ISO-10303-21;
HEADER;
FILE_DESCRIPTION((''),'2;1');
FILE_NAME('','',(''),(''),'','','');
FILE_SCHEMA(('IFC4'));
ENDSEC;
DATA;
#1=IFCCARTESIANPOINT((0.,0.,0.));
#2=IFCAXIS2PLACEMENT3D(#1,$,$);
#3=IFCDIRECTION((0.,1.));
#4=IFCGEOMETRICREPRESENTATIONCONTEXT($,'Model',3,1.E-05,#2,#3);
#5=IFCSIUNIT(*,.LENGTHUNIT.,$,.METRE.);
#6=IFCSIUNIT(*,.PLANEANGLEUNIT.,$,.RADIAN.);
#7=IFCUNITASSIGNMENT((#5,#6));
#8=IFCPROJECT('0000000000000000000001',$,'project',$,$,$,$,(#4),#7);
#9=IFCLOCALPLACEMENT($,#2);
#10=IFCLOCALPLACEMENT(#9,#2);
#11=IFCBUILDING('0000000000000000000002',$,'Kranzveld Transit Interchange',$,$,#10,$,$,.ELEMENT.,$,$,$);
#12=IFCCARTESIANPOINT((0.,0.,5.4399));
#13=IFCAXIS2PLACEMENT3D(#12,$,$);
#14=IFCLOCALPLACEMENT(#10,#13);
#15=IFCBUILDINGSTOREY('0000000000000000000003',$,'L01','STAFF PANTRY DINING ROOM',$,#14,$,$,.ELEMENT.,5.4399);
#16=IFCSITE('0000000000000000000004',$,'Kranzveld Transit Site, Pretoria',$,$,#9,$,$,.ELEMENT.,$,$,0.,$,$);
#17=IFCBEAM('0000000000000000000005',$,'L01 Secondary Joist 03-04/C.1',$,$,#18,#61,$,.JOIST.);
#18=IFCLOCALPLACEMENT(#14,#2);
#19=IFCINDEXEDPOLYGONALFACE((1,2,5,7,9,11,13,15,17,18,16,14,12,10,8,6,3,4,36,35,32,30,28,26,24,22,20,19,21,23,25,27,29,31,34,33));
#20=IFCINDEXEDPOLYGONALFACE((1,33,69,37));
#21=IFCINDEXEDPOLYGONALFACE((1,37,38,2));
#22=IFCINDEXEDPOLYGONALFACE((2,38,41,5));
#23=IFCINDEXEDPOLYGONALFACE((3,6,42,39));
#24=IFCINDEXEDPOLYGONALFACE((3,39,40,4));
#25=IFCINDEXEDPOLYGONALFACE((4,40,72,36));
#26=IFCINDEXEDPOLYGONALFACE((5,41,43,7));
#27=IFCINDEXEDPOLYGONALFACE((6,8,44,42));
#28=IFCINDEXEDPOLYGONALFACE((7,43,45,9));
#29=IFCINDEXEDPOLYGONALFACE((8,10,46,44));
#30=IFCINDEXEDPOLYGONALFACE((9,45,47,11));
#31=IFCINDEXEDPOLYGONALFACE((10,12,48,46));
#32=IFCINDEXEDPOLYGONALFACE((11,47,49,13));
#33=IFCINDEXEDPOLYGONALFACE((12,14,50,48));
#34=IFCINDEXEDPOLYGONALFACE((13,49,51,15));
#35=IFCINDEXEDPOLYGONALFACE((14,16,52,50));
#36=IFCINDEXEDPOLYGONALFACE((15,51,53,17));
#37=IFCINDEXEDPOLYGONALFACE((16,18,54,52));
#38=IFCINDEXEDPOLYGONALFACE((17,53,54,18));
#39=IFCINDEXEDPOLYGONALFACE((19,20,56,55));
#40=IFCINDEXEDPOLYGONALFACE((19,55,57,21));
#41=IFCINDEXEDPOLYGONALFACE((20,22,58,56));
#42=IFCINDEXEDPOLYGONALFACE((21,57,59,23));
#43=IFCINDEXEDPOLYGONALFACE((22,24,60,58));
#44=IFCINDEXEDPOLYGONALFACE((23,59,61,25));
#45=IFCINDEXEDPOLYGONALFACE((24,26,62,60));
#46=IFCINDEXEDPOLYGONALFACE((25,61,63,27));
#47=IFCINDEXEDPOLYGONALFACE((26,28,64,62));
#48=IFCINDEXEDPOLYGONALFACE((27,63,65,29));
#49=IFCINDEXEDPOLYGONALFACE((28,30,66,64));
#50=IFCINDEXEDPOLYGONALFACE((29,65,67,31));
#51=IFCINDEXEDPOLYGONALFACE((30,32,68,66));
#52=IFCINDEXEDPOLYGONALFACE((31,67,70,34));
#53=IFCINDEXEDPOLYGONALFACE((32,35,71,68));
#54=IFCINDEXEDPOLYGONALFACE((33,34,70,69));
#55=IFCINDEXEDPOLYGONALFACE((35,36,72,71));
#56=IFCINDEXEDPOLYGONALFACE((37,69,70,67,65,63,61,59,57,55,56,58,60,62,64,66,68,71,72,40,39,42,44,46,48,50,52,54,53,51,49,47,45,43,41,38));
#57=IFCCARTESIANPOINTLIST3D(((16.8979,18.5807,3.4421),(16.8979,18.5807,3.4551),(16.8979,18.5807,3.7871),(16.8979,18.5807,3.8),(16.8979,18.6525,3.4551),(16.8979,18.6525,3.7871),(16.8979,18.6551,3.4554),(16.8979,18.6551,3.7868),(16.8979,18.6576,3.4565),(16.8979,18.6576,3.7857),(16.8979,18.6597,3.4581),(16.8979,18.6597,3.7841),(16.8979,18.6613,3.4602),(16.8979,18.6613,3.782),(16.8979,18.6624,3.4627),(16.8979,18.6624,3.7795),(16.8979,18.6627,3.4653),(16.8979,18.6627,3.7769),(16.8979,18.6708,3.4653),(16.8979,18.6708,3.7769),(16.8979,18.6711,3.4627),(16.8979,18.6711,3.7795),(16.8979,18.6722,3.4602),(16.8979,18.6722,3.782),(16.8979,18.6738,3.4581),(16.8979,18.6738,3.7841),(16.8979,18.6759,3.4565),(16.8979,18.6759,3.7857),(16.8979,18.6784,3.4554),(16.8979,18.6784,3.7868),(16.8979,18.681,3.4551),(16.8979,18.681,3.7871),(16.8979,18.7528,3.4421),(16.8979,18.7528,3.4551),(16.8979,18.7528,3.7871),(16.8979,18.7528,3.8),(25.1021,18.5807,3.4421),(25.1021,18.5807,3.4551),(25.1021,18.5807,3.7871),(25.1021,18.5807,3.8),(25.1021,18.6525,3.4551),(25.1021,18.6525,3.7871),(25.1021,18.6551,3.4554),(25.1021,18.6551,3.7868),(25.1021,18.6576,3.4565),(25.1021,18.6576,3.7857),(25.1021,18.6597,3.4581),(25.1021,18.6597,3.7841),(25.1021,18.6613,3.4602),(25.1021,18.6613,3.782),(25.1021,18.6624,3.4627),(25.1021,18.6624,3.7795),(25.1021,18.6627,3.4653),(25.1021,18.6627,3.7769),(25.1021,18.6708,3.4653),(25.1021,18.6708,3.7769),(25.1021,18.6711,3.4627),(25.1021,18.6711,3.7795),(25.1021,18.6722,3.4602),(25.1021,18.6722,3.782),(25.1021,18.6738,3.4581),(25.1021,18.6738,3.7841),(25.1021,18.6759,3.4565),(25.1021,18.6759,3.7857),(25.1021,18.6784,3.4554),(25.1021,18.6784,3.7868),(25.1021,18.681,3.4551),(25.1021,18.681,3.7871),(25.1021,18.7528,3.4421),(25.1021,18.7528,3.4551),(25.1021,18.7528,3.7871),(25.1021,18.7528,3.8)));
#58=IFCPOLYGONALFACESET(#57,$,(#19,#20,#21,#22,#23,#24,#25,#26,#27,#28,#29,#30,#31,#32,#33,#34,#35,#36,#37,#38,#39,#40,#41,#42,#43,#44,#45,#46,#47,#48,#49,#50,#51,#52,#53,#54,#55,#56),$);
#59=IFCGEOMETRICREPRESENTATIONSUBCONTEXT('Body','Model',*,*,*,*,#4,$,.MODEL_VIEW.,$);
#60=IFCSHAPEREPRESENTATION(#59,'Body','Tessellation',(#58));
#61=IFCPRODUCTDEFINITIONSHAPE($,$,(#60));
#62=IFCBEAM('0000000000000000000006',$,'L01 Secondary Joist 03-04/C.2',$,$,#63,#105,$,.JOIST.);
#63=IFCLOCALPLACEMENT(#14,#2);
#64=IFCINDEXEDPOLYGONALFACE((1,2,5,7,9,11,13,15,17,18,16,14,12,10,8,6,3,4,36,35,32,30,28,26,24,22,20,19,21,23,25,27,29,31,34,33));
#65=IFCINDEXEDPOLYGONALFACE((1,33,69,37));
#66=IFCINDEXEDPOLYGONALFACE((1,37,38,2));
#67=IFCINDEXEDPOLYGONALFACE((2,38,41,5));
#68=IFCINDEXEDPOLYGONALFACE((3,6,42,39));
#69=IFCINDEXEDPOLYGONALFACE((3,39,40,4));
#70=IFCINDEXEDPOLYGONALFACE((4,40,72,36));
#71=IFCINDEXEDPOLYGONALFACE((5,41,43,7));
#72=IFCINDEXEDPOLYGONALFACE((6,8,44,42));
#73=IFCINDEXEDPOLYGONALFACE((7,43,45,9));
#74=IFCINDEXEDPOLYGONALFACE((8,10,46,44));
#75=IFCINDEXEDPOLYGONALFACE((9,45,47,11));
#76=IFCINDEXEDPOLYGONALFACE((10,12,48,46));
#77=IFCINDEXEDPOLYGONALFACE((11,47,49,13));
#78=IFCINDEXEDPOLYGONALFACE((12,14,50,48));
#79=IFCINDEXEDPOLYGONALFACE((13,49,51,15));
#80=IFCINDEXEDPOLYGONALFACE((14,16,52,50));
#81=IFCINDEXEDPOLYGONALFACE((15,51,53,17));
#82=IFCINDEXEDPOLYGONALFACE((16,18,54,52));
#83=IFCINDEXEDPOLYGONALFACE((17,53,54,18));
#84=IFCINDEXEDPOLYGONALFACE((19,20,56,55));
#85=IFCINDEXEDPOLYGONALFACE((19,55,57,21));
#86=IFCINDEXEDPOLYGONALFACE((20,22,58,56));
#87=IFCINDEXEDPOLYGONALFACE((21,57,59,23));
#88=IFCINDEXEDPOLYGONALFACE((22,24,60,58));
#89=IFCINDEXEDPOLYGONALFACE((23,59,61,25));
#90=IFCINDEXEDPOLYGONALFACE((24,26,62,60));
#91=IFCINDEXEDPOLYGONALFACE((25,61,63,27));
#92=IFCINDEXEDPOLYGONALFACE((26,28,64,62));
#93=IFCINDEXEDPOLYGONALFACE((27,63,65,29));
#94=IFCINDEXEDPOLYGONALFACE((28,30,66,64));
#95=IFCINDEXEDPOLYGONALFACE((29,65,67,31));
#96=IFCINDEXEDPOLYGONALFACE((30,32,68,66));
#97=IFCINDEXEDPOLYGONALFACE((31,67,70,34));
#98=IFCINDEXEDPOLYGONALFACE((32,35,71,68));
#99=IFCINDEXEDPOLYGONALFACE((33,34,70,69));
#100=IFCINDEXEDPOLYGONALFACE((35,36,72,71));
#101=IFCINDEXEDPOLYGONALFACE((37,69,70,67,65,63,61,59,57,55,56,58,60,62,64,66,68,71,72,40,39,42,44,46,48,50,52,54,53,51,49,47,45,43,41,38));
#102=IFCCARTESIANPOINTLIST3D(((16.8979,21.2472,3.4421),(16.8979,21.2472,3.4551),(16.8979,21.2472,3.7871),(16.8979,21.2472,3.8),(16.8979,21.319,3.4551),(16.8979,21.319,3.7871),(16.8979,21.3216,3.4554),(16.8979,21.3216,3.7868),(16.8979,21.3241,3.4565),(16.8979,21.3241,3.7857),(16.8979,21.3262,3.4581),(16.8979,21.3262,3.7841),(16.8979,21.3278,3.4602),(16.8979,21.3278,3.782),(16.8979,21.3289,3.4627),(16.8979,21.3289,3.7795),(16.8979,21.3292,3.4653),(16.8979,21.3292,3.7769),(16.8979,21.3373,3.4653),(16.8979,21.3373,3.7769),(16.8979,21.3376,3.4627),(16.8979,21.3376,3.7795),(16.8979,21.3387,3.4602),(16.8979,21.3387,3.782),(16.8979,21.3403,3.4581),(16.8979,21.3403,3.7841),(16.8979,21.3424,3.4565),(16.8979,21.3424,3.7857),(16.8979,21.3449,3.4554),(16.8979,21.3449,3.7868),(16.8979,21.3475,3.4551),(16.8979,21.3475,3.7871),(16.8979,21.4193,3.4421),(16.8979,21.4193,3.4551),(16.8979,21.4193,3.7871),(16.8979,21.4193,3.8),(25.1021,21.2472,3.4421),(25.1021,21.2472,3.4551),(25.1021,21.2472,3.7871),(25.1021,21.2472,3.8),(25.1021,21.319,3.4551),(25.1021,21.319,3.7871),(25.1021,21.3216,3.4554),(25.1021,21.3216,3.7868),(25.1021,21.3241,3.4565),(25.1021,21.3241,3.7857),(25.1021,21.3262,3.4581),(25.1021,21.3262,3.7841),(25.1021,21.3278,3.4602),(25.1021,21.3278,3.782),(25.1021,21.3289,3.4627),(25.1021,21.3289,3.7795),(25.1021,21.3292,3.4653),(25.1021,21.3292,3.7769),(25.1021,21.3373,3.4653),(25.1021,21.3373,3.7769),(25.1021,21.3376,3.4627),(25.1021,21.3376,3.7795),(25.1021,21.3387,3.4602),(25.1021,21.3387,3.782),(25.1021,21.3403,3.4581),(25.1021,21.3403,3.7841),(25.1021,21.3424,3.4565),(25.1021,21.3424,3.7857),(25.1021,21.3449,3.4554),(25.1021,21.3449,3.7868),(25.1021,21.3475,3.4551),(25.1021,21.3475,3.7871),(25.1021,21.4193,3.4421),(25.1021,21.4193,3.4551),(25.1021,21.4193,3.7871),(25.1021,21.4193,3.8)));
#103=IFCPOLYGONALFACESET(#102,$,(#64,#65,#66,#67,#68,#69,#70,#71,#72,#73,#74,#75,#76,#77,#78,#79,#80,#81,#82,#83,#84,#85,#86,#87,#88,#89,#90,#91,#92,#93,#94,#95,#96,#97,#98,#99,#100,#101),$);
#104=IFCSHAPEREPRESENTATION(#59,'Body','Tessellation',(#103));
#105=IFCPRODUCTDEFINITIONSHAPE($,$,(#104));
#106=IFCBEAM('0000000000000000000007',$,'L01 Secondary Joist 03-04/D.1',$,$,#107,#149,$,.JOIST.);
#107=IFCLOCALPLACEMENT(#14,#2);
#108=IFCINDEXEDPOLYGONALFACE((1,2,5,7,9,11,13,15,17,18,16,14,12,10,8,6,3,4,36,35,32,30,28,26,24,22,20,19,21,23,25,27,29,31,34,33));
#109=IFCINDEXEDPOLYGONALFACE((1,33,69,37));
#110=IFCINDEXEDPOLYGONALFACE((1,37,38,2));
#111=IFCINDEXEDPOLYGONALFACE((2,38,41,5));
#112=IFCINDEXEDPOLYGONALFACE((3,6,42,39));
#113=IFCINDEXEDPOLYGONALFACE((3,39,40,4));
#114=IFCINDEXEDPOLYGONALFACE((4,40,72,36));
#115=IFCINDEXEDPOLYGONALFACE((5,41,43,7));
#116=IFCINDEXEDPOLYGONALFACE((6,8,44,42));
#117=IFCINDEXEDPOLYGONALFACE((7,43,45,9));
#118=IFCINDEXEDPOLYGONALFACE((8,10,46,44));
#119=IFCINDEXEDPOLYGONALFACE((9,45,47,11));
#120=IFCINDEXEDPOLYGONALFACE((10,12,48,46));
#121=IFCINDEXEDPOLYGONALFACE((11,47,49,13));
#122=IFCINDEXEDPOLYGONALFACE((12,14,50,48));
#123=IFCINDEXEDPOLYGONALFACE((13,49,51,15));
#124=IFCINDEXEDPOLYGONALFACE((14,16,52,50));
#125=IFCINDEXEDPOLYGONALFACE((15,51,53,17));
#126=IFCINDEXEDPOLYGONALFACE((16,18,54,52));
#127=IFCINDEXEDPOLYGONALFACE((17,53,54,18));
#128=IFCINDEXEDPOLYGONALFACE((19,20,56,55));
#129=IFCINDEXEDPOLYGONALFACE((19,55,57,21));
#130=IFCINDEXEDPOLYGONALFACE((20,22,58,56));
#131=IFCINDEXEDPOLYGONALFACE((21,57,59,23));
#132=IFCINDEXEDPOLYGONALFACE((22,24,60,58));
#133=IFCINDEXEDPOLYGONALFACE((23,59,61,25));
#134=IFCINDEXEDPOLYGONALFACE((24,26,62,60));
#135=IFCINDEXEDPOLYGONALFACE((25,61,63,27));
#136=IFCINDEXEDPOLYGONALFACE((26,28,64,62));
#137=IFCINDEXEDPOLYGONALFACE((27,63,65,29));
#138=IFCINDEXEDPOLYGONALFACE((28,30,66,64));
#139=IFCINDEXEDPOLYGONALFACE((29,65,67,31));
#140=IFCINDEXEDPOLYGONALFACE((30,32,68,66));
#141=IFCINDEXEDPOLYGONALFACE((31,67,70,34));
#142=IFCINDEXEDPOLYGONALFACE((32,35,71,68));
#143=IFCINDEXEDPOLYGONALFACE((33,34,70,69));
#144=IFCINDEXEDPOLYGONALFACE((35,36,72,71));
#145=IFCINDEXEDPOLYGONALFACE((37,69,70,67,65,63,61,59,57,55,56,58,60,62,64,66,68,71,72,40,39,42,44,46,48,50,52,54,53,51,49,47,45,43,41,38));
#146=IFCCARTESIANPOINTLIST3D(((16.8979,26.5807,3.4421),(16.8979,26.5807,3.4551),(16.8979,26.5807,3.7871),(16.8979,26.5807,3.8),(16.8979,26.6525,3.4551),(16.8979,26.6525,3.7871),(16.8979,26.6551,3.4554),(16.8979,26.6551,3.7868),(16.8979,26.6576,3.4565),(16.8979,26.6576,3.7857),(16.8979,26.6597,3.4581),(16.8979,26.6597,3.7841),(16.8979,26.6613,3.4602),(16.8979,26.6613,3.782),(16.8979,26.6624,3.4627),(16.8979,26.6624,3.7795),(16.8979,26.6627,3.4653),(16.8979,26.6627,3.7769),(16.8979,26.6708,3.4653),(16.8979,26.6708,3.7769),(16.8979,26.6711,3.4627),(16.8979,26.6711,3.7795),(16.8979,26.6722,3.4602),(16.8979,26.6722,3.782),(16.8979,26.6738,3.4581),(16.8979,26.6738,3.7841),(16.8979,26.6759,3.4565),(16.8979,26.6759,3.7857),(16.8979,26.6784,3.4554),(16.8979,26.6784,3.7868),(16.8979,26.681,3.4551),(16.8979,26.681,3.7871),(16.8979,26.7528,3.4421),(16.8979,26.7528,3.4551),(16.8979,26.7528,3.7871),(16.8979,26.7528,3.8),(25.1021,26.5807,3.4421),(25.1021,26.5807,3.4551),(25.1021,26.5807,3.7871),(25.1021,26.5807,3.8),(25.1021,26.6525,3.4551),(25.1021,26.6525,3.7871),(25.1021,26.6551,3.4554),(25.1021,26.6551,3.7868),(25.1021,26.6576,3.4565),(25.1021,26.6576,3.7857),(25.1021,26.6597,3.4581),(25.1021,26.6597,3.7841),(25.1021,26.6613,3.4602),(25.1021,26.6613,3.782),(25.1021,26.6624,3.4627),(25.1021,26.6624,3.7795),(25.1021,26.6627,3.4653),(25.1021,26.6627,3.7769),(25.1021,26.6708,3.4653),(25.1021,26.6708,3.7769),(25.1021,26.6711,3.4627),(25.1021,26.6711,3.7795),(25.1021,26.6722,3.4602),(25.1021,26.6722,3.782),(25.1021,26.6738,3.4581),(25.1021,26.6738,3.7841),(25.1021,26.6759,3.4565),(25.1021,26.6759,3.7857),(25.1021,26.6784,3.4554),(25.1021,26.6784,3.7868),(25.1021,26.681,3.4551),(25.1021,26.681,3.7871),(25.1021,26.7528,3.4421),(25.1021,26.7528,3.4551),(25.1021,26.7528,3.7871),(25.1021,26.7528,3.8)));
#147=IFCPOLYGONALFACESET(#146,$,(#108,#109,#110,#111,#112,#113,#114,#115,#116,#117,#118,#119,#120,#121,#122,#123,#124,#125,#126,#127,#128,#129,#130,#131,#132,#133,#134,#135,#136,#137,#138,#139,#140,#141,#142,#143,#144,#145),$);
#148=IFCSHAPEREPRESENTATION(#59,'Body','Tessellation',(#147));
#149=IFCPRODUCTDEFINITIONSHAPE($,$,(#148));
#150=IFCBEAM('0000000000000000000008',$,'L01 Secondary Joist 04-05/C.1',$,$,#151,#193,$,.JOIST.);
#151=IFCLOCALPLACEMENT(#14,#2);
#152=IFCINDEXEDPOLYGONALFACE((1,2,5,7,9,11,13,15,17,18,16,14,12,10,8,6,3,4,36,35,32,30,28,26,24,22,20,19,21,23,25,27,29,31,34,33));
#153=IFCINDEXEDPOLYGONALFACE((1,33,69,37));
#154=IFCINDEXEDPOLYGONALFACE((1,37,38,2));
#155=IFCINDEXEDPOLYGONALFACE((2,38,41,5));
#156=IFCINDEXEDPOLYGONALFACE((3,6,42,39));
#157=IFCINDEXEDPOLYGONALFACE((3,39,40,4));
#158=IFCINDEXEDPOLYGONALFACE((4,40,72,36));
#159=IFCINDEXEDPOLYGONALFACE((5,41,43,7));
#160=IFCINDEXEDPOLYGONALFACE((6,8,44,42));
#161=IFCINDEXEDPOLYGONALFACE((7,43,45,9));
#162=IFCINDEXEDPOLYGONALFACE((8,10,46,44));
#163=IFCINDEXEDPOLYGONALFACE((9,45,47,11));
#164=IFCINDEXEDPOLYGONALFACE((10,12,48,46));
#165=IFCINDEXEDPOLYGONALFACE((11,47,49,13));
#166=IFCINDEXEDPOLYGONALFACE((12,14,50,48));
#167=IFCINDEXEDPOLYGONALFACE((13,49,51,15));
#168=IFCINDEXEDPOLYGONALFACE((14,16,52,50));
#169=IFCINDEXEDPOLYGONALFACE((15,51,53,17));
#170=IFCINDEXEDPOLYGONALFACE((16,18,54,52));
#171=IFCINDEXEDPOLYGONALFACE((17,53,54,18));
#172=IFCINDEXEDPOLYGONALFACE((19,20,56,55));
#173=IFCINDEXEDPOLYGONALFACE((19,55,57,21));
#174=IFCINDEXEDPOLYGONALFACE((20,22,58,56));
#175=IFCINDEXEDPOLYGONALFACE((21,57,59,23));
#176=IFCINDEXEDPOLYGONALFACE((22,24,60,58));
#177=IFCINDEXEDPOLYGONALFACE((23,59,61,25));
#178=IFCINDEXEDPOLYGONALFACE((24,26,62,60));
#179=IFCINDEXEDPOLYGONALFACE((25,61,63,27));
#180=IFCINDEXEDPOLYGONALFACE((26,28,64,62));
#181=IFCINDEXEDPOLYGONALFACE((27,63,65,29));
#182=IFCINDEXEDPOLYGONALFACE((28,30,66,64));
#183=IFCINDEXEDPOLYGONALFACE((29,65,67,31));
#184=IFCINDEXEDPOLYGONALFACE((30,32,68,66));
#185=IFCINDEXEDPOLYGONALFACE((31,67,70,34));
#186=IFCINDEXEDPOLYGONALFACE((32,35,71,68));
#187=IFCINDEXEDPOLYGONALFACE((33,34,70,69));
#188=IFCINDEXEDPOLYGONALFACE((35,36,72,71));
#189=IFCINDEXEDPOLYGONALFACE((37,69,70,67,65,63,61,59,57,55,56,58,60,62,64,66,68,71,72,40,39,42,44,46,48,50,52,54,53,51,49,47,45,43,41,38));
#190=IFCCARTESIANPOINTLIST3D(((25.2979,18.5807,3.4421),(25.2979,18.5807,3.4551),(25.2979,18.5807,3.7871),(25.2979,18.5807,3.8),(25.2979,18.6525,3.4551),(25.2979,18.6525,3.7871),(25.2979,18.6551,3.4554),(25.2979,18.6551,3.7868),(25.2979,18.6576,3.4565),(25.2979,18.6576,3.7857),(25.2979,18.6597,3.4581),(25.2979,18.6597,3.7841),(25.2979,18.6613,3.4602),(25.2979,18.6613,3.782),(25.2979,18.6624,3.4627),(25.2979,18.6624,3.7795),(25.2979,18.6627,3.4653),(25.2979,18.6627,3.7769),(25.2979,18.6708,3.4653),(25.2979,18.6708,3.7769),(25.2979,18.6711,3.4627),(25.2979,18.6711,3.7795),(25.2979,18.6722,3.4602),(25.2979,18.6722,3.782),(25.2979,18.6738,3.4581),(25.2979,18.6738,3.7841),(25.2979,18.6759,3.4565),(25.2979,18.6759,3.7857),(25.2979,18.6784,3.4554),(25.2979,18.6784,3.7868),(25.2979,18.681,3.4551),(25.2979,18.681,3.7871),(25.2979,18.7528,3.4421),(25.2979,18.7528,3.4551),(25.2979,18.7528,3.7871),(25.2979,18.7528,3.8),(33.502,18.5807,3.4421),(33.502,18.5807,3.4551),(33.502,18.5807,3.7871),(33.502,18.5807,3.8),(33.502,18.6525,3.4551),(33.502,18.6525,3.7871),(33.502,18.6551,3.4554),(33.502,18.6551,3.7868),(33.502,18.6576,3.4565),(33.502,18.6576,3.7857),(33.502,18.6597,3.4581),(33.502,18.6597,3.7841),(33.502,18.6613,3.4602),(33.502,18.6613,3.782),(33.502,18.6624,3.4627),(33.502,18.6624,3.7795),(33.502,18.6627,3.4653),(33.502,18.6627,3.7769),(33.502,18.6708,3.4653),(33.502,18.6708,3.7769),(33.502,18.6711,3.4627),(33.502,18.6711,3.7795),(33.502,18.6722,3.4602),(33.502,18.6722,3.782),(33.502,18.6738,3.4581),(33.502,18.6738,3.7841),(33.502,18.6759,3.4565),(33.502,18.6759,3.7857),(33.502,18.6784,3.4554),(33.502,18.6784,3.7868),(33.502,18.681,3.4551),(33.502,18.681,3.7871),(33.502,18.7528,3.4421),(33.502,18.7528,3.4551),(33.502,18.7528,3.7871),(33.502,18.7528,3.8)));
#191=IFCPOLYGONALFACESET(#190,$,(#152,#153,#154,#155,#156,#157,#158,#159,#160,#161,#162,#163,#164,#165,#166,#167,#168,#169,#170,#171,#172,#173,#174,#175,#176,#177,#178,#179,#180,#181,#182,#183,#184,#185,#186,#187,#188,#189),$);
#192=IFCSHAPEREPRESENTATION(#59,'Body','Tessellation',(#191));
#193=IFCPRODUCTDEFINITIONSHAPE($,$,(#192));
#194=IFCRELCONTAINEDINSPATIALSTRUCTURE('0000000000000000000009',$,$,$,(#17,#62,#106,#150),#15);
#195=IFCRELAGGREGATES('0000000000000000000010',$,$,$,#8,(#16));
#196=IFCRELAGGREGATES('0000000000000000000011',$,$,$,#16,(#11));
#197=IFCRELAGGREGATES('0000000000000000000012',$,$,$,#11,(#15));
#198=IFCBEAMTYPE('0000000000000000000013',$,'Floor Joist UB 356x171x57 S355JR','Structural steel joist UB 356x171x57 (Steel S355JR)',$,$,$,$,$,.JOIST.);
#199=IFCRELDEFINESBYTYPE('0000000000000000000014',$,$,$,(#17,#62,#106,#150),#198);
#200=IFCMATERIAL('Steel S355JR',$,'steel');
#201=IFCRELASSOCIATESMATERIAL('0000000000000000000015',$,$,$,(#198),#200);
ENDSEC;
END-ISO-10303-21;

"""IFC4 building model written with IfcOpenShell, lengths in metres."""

from ifc_helpers import new_model, si_unit, direction, frame, origin, origin_2d, place, context, subcontext, project, spatial, i_section, extrude, material, material_profile, profile_set, type_object, element, save


model = new_model("IFC4")

# Units and contexts
model_context = context("Model", 3, precision=1e-05, world=origin(), true_north=direction((0.0, 1.0)))
body_context = subcontext(model_context, "Body", "Model", "MODEL_VIEW")
ifc_project = project(units=[si_unit("LENGTHUNIT", "METRE"), si_unit("PLANEANGLEUNIT", "RADIAN")], contexts=[model_context])

# Site, building, storey
site_placement = place(None, origin())
site = spatial("IfcSite", under=ifc_project, at=site_placement, Name="Kranzveld Transit Site, Pretoria", CompositionType="ELEMENT", RefElevation=0.0)
building_placement = place(site_placement, origin())
building = spatial("IfcBuilding", under=site, at=building_placement, Name="Kranzveld Transit Interchange", CompositionType="ELEMENT")
storey_placement = place(building_placement, frame((0.0, 0.0, 5.4399)))
storey = spatial("IfcBuildingStorey", under=building, at=storey_placement, Name="L01", Description="STAFF PANTRY DINING ROOM", CompositionType="ELEMENT", Elevation=5.4399)

# Beams
ifc_material_1 = material(Name="Steel S355JR", Category="steel")
ifc_material_profile_1 = material_profile(ifc_material_1, i_section(OverallWidth=0.1721, OverallDepth=0.3579, WebThickness=0.0081, FlangeThickness=0.0129, FilletRadius=0.0103, at=origin_2d()), Name="UB 356x171x57")
ifc_profile_set_1 = profile_set([ifc_material_profile_1], Name="Steel S355JR")
beam_type_1 = type_object("IfcBeamType", Name="Floor Joist UB 356x171x57 S355JR", Description="Structural steel joist UB 356x171x57 (Steel S355JR)", PredefinedType="JOIST", material=ifc_profile_set_1)
for number, where, z_axis, x_axis, name in (
    (1, (16.8979, 18.6667, 3.6211), (1.0, 0.0, 0.0), (0.0, 1.0, 0.0), "L01 Secondary Joist 03-04/C.1"),
    (2, (16.8979, 21.3333, 3.6211), (1.0, 0.0, 0.0), (0.0, 1.0, 0.0), "L01 Secondary Joist 03-04/C.2"),
    (3, (16.8979, 26.6667, 3.6211), (1.0, 0.0, 0.0), (0.0, 1.0, 0.0), "L01 Secondary Joist 03-04/D.1"),
    (4, (25.2979, 18.6667, 3.6211), (1.0, 0.0, 0.0), (0.0, 1.0, 0.0), "L01 Secondary Joist 04-05/C.1"),
):
    element("IfcBeam", number, at=place(storey_placement, frame(where, z_axis=z_axis, x_axis=x_axis)), inside=storey, type_object=beam_type_1, Name=name, PredefinedType="JOIST", context=body_context, shape_type="SweptSolid", body=[
        extrude(i_section(OverallWidth=0.1721, OverallDepth=0.3579, WebThickness=0.0081, FlangeThickness=0.0129, FilletRadius=0.0103, at=origin_2d()), origin(), (0.0, 0.0, 1.0), 8.2041),
    ])

save(model, "model.ifc")
